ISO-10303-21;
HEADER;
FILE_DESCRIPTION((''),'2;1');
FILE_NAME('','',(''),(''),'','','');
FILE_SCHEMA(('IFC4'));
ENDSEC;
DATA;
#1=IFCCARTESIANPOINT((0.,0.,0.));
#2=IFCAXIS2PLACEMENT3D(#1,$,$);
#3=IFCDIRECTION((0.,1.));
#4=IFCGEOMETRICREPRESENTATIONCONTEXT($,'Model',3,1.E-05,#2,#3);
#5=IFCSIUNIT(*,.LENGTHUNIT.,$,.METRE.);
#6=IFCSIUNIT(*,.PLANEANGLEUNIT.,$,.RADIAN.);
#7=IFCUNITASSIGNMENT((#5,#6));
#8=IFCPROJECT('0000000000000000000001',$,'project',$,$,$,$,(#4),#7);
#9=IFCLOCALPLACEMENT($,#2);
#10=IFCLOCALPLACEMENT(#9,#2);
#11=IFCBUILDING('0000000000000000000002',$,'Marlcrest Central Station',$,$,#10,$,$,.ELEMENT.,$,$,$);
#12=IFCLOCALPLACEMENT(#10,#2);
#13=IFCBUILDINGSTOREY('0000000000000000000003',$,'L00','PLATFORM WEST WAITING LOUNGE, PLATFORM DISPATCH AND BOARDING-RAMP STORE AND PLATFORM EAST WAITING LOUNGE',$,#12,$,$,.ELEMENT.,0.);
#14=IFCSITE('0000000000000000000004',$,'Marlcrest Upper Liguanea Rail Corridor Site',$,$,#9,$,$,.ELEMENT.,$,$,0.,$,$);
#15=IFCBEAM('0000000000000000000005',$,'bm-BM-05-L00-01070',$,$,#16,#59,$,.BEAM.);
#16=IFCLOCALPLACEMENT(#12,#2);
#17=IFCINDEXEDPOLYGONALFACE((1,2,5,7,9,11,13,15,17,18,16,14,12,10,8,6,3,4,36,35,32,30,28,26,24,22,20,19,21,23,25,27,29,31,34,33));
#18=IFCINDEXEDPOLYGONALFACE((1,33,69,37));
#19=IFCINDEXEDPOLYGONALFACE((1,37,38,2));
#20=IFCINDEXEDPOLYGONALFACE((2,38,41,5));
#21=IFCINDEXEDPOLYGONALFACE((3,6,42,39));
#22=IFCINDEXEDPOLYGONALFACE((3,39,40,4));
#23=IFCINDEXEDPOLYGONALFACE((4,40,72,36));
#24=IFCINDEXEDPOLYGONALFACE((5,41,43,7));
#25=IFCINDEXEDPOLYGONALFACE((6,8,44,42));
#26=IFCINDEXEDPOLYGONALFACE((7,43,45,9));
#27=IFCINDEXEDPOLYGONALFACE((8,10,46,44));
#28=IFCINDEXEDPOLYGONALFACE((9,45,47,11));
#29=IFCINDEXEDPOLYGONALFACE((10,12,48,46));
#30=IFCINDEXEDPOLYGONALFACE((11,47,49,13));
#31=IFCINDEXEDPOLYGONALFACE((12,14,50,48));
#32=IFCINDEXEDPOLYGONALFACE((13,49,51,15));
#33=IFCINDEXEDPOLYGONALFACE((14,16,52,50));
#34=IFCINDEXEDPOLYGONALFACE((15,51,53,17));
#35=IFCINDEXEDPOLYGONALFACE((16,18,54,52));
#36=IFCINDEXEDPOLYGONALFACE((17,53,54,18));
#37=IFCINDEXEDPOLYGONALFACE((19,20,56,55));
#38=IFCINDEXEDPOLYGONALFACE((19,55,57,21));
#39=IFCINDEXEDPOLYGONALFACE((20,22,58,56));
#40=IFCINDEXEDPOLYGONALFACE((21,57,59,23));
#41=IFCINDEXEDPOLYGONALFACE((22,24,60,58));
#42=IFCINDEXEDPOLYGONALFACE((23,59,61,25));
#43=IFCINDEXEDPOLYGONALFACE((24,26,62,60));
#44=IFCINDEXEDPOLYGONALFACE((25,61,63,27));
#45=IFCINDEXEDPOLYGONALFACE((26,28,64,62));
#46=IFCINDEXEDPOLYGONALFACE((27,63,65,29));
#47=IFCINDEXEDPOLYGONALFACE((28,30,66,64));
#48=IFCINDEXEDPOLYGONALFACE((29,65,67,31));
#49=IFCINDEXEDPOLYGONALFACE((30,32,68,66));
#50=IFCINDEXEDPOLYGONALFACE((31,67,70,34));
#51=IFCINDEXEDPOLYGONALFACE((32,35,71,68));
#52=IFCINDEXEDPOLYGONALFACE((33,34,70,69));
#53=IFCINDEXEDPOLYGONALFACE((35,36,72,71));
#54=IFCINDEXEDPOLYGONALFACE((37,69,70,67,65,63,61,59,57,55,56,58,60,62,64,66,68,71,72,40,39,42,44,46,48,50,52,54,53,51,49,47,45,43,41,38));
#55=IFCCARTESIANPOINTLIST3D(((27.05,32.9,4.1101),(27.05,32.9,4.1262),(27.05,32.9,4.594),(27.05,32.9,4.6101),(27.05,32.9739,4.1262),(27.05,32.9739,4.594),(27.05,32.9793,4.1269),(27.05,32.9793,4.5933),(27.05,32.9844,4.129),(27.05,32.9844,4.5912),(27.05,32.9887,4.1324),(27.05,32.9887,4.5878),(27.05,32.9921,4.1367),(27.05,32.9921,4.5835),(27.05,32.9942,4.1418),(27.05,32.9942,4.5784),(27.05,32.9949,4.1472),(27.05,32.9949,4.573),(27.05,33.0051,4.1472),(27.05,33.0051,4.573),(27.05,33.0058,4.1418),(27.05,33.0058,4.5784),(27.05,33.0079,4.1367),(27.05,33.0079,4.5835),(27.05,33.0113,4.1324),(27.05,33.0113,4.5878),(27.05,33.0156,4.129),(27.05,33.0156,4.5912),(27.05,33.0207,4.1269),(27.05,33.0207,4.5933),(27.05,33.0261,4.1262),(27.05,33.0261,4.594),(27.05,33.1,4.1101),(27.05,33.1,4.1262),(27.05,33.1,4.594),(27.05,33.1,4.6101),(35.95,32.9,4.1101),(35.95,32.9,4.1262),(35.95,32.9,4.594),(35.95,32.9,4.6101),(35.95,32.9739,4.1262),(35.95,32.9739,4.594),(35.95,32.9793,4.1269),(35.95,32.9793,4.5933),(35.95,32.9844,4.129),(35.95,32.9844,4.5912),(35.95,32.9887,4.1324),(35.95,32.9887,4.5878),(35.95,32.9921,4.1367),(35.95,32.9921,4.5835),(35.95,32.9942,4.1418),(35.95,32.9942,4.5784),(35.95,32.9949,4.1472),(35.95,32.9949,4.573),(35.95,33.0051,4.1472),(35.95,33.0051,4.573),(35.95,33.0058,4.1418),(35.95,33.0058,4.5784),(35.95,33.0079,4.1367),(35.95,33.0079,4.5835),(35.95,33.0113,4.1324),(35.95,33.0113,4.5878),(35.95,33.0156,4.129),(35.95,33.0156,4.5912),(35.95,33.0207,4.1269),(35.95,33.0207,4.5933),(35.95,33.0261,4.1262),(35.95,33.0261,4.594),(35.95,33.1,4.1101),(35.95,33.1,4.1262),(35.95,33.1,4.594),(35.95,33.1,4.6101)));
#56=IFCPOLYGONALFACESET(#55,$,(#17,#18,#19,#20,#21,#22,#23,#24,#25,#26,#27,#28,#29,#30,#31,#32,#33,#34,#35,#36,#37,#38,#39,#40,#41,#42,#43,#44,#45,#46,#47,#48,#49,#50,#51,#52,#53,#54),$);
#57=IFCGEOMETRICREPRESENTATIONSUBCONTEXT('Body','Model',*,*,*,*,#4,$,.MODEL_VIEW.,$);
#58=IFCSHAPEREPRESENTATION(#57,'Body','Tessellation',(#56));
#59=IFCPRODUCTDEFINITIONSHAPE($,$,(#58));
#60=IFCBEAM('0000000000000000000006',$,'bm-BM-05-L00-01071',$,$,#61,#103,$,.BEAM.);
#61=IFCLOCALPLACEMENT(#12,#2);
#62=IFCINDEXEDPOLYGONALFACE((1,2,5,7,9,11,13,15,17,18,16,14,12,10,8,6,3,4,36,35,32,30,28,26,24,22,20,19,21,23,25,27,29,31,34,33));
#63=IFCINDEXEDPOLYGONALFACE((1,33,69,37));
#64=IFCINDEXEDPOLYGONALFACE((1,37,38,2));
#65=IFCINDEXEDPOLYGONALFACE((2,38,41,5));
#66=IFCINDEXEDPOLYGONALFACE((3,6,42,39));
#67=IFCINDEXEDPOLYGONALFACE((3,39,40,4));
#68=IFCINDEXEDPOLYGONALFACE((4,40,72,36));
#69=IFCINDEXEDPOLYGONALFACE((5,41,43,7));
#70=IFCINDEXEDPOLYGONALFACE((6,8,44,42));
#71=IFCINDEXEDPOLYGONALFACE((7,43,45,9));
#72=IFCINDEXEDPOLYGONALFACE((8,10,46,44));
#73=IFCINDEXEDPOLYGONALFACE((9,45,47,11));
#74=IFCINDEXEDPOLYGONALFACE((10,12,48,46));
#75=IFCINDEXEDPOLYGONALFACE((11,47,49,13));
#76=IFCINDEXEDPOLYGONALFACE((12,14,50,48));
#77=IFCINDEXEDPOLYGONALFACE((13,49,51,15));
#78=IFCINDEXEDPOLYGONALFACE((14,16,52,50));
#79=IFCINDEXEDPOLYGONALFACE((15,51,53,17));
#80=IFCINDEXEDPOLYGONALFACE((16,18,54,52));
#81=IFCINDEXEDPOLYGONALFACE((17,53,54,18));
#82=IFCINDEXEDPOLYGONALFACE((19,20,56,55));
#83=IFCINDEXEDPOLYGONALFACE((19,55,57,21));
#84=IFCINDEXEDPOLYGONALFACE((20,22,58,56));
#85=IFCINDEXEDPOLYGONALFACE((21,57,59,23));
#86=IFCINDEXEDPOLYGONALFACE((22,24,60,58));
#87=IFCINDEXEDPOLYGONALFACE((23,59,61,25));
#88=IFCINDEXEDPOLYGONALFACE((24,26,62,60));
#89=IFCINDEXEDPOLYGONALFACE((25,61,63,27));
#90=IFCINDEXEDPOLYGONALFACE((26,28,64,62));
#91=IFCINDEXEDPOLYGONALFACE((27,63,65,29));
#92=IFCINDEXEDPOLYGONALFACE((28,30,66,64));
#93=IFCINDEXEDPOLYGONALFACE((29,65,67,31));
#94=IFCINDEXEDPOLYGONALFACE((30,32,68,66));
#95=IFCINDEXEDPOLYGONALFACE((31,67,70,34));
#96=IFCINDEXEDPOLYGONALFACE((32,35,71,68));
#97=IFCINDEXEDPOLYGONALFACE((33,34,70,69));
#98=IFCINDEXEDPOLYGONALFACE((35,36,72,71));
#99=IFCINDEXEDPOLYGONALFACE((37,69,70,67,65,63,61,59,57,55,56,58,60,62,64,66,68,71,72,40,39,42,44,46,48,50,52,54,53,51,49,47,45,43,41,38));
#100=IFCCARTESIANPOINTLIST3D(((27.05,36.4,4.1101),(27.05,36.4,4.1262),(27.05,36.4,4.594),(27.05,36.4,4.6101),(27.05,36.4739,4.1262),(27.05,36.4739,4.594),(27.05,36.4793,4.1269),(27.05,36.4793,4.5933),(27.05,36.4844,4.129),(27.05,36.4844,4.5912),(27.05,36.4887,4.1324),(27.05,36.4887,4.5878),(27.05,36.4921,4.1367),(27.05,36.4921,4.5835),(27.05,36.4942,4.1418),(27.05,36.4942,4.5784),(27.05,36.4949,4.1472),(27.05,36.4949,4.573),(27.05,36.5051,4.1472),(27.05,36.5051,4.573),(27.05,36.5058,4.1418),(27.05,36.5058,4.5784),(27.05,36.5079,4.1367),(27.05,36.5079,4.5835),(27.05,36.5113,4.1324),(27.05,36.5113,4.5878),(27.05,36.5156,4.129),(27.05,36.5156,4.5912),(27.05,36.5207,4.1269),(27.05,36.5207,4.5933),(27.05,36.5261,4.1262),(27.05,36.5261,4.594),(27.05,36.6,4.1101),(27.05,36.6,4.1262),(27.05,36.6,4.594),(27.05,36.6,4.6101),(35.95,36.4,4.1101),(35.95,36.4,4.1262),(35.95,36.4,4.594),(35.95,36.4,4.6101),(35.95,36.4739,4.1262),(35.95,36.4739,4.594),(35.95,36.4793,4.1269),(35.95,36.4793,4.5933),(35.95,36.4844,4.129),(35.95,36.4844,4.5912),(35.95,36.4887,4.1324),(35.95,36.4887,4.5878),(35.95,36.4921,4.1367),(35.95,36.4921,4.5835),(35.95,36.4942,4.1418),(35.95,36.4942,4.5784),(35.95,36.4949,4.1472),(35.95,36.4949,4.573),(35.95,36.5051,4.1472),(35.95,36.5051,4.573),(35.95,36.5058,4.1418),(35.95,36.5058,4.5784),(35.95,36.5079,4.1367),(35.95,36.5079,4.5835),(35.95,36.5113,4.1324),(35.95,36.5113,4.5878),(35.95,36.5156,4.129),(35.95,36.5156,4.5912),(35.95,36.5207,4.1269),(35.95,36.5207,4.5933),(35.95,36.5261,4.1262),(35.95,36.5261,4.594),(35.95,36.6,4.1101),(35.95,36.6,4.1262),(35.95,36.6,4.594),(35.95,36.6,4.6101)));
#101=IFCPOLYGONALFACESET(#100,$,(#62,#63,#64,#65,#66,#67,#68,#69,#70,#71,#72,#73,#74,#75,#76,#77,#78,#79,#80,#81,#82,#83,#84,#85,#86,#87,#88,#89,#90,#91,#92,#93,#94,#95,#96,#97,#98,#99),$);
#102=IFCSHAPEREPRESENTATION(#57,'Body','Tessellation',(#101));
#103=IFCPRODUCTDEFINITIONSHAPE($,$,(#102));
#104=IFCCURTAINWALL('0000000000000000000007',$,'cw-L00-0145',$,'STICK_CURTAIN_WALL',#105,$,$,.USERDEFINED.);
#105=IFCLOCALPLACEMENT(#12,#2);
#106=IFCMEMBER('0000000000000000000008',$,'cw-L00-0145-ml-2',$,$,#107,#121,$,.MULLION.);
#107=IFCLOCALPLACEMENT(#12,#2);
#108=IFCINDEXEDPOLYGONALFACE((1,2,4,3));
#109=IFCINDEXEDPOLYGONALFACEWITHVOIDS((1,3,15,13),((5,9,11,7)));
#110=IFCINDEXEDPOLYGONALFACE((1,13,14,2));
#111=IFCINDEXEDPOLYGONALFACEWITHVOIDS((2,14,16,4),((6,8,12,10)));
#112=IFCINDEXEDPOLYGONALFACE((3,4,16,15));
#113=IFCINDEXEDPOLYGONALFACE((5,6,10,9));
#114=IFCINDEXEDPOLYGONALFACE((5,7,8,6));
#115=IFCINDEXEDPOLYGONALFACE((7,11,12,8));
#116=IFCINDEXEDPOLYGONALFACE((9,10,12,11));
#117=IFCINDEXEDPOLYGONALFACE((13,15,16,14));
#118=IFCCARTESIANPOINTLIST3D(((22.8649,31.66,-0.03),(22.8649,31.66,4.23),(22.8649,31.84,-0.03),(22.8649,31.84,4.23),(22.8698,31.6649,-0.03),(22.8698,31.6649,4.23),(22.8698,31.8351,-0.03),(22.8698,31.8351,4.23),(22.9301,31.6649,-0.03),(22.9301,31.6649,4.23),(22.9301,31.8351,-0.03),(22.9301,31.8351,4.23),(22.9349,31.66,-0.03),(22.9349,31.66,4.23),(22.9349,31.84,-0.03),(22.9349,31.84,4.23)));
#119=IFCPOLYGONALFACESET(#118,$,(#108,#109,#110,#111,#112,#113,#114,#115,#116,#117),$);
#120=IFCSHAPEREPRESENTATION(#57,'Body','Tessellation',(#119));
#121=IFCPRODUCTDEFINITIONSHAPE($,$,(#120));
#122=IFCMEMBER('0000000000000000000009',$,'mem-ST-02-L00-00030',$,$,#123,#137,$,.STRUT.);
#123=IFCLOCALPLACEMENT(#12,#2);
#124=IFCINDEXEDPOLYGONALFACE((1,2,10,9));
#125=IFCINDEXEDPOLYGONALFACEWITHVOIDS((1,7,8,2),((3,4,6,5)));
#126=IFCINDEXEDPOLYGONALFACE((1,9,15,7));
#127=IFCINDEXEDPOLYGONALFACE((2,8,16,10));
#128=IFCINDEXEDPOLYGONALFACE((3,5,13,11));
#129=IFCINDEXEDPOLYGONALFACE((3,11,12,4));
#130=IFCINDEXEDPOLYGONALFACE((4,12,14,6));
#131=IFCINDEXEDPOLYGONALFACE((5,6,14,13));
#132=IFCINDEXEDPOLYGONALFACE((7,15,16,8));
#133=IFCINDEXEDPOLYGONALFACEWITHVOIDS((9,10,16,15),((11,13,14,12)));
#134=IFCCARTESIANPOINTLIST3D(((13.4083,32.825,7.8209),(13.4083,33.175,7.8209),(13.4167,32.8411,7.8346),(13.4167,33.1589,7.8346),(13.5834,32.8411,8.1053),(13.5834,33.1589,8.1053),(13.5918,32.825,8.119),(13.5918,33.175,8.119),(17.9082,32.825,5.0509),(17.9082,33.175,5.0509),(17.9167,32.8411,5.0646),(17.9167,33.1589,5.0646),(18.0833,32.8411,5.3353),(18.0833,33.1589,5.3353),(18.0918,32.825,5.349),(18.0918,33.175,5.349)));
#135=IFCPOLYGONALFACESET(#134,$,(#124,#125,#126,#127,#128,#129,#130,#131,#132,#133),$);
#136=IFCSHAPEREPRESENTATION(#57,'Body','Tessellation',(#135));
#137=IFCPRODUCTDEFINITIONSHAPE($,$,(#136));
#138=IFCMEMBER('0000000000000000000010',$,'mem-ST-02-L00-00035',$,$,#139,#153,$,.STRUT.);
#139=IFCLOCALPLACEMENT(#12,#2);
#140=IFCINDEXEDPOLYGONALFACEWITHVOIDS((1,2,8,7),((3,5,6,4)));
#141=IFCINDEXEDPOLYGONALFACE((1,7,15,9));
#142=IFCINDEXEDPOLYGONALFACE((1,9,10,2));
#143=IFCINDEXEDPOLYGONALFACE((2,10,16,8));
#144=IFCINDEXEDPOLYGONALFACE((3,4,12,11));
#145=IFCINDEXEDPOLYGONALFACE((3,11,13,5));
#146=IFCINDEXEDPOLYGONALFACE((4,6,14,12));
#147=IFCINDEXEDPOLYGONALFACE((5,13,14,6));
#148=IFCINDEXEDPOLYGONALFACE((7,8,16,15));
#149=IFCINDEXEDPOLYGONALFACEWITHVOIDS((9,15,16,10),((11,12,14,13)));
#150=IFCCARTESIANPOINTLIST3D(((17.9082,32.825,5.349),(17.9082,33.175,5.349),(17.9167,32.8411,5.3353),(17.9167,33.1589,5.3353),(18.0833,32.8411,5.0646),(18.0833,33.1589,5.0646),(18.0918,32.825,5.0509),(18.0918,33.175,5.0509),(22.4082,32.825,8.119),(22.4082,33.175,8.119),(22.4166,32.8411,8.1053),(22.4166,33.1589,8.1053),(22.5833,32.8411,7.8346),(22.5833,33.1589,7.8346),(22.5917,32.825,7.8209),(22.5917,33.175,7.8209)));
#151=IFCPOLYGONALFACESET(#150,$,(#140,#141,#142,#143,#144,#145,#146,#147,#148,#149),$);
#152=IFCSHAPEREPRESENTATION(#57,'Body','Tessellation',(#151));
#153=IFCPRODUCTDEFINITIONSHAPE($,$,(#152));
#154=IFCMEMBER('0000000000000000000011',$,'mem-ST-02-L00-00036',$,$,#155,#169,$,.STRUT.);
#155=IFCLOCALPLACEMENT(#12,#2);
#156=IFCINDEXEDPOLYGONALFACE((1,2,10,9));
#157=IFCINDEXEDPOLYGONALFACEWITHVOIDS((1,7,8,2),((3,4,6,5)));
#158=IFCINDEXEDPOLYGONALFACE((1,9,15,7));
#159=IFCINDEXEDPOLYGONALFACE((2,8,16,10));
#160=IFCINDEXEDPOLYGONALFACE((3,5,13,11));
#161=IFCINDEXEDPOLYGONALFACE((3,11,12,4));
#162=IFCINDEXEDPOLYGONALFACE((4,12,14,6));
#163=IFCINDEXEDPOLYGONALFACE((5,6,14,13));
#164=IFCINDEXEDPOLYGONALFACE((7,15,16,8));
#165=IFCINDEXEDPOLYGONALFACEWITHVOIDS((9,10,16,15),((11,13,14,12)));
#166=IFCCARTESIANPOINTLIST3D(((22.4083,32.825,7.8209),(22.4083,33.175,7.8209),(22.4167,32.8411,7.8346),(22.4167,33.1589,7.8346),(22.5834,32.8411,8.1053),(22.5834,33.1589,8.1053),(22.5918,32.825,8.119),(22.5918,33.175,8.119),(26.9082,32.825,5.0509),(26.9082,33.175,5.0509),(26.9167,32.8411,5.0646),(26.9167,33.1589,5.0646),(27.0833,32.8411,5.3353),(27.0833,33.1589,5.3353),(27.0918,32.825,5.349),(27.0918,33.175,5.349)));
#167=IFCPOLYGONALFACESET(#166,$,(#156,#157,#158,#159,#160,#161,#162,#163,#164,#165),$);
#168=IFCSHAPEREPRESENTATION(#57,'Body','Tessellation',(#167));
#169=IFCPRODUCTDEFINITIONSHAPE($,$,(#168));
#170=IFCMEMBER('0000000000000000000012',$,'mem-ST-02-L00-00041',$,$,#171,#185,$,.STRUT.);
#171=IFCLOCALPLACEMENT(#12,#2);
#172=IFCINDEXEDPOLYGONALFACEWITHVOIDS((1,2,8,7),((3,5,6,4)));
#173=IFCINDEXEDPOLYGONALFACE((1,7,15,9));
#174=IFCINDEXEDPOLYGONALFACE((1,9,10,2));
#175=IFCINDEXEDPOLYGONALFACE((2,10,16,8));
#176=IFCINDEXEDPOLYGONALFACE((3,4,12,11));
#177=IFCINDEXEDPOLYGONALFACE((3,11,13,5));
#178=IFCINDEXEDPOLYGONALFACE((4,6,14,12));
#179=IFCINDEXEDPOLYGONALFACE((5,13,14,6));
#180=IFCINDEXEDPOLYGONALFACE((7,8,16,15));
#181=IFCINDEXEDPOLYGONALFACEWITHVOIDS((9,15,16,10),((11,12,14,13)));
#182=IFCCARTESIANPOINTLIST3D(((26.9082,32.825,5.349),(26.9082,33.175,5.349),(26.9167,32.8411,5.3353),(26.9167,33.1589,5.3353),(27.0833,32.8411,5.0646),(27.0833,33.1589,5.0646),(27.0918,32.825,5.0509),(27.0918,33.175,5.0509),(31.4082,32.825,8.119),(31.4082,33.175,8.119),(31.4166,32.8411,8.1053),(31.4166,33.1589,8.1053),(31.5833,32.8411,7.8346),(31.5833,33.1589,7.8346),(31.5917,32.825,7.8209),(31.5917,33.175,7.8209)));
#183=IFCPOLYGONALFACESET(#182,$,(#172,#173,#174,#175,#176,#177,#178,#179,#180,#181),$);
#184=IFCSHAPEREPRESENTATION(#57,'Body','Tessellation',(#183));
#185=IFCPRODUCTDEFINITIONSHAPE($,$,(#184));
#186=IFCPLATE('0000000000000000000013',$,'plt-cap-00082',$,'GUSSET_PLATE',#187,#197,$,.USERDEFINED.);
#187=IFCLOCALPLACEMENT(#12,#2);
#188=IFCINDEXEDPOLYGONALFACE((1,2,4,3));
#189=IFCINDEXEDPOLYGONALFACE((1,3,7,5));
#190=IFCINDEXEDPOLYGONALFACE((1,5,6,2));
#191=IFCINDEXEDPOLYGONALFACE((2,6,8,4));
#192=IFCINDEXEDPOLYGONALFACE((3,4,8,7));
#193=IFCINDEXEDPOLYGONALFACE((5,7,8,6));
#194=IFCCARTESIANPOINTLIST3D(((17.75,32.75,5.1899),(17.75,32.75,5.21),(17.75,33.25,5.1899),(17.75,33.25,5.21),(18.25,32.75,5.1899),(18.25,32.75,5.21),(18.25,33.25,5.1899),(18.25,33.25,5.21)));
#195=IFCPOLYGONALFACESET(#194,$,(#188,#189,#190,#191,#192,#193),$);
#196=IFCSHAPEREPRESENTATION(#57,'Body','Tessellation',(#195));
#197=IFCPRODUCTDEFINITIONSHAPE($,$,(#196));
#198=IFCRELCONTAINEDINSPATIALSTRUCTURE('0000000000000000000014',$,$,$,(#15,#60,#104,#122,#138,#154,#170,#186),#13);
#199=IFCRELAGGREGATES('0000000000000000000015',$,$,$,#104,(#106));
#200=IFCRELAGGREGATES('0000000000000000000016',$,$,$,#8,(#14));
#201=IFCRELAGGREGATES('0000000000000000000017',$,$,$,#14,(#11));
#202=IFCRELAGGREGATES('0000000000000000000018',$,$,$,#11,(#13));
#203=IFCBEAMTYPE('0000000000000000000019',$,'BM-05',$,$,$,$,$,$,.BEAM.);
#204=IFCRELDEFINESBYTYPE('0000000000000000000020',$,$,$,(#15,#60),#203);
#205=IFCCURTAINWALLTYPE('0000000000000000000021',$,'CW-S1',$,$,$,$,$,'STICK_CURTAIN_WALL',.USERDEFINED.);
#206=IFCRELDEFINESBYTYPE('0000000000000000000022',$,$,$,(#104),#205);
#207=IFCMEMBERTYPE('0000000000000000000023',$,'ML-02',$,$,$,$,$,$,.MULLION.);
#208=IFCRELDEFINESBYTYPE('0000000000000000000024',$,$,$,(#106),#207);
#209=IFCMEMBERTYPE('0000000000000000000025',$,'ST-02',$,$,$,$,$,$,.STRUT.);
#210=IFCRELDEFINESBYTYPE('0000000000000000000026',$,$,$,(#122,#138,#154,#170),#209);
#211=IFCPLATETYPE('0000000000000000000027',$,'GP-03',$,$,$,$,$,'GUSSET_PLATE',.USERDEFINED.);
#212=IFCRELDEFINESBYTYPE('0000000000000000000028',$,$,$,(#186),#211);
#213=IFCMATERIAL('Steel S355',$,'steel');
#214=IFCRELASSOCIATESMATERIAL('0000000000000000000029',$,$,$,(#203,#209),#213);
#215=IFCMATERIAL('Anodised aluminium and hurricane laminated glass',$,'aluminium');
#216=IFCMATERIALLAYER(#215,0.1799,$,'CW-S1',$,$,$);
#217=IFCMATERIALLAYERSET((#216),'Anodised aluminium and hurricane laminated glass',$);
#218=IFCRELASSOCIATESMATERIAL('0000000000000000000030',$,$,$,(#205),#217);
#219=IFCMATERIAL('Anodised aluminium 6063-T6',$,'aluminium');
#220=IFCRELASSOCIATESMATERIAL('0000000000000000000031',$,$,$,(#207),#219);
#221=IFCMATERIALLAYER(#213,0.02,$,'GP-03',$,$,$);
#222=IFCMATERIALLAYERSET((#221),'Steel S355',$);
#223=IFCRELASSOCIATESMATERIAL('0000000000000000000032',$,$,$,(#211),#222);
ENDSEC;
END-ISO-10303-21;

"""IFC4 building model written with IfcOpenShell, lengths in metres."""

from ifc_helpers import new_model, si_unit, direction, frame, origin, origin_2d, place, context, subcontext, project, spatial, rectangle, hollow_rectangle, i_section, extrude, material, layer, layer_set, material_profile, profile_set, type_object, element, aggregate, save


model = new_model("IFC4")

# Units and contexts
model_context = context("Model", 3, precision=1e-05, world=origin(), true_north=direction((0.0, 1.0)))
body_context = subcontext(model_context, "Body", "Model", "MODEL_VIEW")
ifc_project = project(units=[si_unit("LENGTHUNIT", "METRE"), si_unit("PLANEANGLEUNIT", "RADIAN")], contexts=[model_context])

# Site, building, storey
site_placement = place(None, origin())
site = spatial("IfcSite", under=ifc_project, at=site_placement, Name="Marlcrest Upper Liguanea Rail Corridor Site", CompositionType="ELEMENT", RefElevation=0.0)
building_placement = place(site_placement, origin())
building = spatial("IfcBuilding", under=site, at=building_placement, Name="Marlcrest Central Station", CompositionType="ELEMENT")
storey_placement = place(building_placement, origin())
storey = spatial("IfcBuildingStorey", under=building, at=storey_placement, Name="L00", Description="PLATFORM WEST WAITING LOUNGE, PLATFORM DISPATCH AND BOARDING-RAMP STORE AND PLATFORM EAST WAITING LOUNGE", CompositionType="ELEMENT", Elevation=0.0)

# Beams
ifc_material_1 = material(Name="Steel S355", Category="steel")
ifc_material_profile_1 = material_profile(ifc_material_1, i_section(OverallWidth=0.2, OverallDepth=0.5, WebThickness=0.0103, FlangeThickness=0.0161, FilletRadius=0.021, at=origin_2d()), Name="IPE 500")
ifc_profile_set_1 = profile_set([ifc_material_profile_1], Name="Steel S355")
beam_type_1 = type_object("IfcBeamType", Name="BM-05", PredefinedType="BEAM", material=ifc_profile_set_1)
for number, where, z_axis, x_axis, name in (
    (1, (27.05, 33.0, 4.3601), (1.0, 0.0, 0.0), (0.0, 1.0, 0.0), "bm-BM-05-L00-01070"),
    (2, (27.05, 36.5, 4.3601), (1.0, 0.0, 0.0), (0.0, 1.0, 0.0), "bm-BM-05-L00-01071"),
):
    element("IfcBeam", number, at=place(storey_placement, frame(where, z_axis=z_axis, x_axis=x_axis)), inside=storey, type_object=beam_type_1, Name=name, PredefinedType="BEAM", context=body_context, shape_type="SweptSolid", body=[
        extrude(i_section(OverallWidth=0.2, OverallDepth=0.5, WebThickness=0.0103, FlangeThickness=0.0161, FilletRadius=0.021, at=origin_2d()), origin(), (0.0, 0.0, 1.0), 8.8999),
    ])

# Curtain wall, member
ifc_material_2 = material(Name="Anodised aluminium and hurricane laminated glass", Category="aluminium")
ifc_layer_1 = layer(ifc_material_2, 0.1799, Name="CW-S1")
ifc_layer_set_1 = layer_set([ifc_layer_1], Name="Anodised aluminium and hurricane laminated glass")
curtain_wall_type = type_object("IfcCurtainWallType", Name="CW-S1", ElementType="STICK_CURTAIN_WALL", PredefinedType="USERDEFINED", material=ifc_layer_set_1)
curtain_wall_placement = place(storey_placement, origin())
curtain_wall = element("IfcCurtainWall", 3, at=curtain_wall_placement, inside=storey, type_object=curtain_wall_type, Name="cw-L00-0145", ObjectType="STICK_CURTAIN_WALL", PredefinedType="USERDEFINED")
ifc_material_3 = material(Name="Anodised aluminium 6063-T6", Category="aluminium")
ifc_material_profile_2 = material_profile(ifc_material_3, hollow_rectangle(XDim=0.0701, YDim=0.1799, WallThickness=0.0049, at=origin_2d()), Name="AA-RHS 180x70x5")
ifc_profile_set_2 = profile_set([ifc_material_profile_2], Name="Anodised aluminium 6063-T6")
member_type_1 = type_object("IfcMemberType", Name="ML-02", PredefinedType="MULLION", material=ifc_profile_set_2)
member_placement = place(storey_placement, frame((22.8999, 31.75, -0.03), z_axis=(0.0, 0.0, 1.0), x_axis=(1.0, 0.0, 0.0)))
member = element("IfcMember", 4, at=member_placement, type_object=member_type_1, Name="cw-L00-0145-ml-2", PredefinedType="MULLION", context=body_context, shape_type="SweptSolid", body=[
    extrude(hollow_rectangle(XDim=0.0701, YDim=0.1799, WallThickness=0.0049, at=origin_2d()), origin(), (0.0, 0.0, 1.0), 4.26),
])
aggregate(curtain_wall, [member])

# Members
ifc_material_profile_3 = material_profile(ifc_material_1, hollow_rectangle(XDim=0.3501, YDim=0.3501, WallThickness=0.0161, at=origin_2d()), Name="SHS 350x350x16")
ifc_profile_set_3 = profile_set([ifc_material_profile_3], Name="Steel S355")
member_type_2 = type_object("IfcMemberType", Name="ST-02", PredefinedType="STRUT", material=ifc_profile_set_3)
for number, where, z_axis, x_axis, name in (
    (5, (18.0, 33.0, 5.2), (-0.851592, 0.0, 0.524206), (0.0, -1.0, 0.0), "mem-ST-02-L00-00030"),
    (6, (18.0, 33.0, 5.2), (0.851592, 0.0, 0.524206), (0.0, 1.0, 0.0), "mem-ST-02-L00-00035"),
    (7, (27.0, 33.0, 5.2), (-0.851592, 0.0, 0.524206), (0.0, -1.0, 0.0), "mem-ST-02-L00-00036"),
    (8, (27.0, 33.0, 5.2), (0.851592, 0.0, 0.524206), (0.0, 1.0, 0.0), "mem-ST-02-L00-00041"),
):
    element("IfcMember", number, at=place(storey_placement, frame(where, z_axis=z_axis, x_axis=x_axis)), inside=storey, type_object=member_type_2, Name=name, PredefinedType="STRUT", context=body_context, shape_type="SweptSolid", body=[
        extrude(hollow_rectangle(XDim=0.3501, YDim=0.3501, WallThickness=0.0161, at=origin_2d()), origin(), (0.0, 0.0, 1.0), 5.2842),
    ])

# Plate
ifc_layer_2 = layer(ifc_material_1, 0.02, Name="GP-03")
ifc_layer_set_2 = layer_set([ifc_layer_2], Name="Steel S355")
plate_type = type_object("IfcPlateType", Name="GP-03", ElementType="GUSSET_PLATE", PredefinedType="USERDEFINED", material=ifc_layer_set_2)
for number, where, z_axis, x_axis, name in (
    (9, (18.0, 33.0, 5.1899), (0.0, 0.0, 1.0), (1.0, 0.0, 0.0), "plt-cap-00082"),
):
    element("IfcPlate", number, at=place(storey_placement, frame(where, z_axis=z_axis, x_axis=x_axis)), inside=storey, type_object=plate_type, Name=name, ObjectType="GUSSET_PLATE", PredefinedType="USERDEFINED", context=body_context, shape_type="SweptSolid", body=[
        extrude(rectangle(XDim=0.5, YDim=0.5, at=origin_2d()), origin(), (0.0, 0.0, 1.0), 0.02),
    ])

save(model, "model.ifc")
